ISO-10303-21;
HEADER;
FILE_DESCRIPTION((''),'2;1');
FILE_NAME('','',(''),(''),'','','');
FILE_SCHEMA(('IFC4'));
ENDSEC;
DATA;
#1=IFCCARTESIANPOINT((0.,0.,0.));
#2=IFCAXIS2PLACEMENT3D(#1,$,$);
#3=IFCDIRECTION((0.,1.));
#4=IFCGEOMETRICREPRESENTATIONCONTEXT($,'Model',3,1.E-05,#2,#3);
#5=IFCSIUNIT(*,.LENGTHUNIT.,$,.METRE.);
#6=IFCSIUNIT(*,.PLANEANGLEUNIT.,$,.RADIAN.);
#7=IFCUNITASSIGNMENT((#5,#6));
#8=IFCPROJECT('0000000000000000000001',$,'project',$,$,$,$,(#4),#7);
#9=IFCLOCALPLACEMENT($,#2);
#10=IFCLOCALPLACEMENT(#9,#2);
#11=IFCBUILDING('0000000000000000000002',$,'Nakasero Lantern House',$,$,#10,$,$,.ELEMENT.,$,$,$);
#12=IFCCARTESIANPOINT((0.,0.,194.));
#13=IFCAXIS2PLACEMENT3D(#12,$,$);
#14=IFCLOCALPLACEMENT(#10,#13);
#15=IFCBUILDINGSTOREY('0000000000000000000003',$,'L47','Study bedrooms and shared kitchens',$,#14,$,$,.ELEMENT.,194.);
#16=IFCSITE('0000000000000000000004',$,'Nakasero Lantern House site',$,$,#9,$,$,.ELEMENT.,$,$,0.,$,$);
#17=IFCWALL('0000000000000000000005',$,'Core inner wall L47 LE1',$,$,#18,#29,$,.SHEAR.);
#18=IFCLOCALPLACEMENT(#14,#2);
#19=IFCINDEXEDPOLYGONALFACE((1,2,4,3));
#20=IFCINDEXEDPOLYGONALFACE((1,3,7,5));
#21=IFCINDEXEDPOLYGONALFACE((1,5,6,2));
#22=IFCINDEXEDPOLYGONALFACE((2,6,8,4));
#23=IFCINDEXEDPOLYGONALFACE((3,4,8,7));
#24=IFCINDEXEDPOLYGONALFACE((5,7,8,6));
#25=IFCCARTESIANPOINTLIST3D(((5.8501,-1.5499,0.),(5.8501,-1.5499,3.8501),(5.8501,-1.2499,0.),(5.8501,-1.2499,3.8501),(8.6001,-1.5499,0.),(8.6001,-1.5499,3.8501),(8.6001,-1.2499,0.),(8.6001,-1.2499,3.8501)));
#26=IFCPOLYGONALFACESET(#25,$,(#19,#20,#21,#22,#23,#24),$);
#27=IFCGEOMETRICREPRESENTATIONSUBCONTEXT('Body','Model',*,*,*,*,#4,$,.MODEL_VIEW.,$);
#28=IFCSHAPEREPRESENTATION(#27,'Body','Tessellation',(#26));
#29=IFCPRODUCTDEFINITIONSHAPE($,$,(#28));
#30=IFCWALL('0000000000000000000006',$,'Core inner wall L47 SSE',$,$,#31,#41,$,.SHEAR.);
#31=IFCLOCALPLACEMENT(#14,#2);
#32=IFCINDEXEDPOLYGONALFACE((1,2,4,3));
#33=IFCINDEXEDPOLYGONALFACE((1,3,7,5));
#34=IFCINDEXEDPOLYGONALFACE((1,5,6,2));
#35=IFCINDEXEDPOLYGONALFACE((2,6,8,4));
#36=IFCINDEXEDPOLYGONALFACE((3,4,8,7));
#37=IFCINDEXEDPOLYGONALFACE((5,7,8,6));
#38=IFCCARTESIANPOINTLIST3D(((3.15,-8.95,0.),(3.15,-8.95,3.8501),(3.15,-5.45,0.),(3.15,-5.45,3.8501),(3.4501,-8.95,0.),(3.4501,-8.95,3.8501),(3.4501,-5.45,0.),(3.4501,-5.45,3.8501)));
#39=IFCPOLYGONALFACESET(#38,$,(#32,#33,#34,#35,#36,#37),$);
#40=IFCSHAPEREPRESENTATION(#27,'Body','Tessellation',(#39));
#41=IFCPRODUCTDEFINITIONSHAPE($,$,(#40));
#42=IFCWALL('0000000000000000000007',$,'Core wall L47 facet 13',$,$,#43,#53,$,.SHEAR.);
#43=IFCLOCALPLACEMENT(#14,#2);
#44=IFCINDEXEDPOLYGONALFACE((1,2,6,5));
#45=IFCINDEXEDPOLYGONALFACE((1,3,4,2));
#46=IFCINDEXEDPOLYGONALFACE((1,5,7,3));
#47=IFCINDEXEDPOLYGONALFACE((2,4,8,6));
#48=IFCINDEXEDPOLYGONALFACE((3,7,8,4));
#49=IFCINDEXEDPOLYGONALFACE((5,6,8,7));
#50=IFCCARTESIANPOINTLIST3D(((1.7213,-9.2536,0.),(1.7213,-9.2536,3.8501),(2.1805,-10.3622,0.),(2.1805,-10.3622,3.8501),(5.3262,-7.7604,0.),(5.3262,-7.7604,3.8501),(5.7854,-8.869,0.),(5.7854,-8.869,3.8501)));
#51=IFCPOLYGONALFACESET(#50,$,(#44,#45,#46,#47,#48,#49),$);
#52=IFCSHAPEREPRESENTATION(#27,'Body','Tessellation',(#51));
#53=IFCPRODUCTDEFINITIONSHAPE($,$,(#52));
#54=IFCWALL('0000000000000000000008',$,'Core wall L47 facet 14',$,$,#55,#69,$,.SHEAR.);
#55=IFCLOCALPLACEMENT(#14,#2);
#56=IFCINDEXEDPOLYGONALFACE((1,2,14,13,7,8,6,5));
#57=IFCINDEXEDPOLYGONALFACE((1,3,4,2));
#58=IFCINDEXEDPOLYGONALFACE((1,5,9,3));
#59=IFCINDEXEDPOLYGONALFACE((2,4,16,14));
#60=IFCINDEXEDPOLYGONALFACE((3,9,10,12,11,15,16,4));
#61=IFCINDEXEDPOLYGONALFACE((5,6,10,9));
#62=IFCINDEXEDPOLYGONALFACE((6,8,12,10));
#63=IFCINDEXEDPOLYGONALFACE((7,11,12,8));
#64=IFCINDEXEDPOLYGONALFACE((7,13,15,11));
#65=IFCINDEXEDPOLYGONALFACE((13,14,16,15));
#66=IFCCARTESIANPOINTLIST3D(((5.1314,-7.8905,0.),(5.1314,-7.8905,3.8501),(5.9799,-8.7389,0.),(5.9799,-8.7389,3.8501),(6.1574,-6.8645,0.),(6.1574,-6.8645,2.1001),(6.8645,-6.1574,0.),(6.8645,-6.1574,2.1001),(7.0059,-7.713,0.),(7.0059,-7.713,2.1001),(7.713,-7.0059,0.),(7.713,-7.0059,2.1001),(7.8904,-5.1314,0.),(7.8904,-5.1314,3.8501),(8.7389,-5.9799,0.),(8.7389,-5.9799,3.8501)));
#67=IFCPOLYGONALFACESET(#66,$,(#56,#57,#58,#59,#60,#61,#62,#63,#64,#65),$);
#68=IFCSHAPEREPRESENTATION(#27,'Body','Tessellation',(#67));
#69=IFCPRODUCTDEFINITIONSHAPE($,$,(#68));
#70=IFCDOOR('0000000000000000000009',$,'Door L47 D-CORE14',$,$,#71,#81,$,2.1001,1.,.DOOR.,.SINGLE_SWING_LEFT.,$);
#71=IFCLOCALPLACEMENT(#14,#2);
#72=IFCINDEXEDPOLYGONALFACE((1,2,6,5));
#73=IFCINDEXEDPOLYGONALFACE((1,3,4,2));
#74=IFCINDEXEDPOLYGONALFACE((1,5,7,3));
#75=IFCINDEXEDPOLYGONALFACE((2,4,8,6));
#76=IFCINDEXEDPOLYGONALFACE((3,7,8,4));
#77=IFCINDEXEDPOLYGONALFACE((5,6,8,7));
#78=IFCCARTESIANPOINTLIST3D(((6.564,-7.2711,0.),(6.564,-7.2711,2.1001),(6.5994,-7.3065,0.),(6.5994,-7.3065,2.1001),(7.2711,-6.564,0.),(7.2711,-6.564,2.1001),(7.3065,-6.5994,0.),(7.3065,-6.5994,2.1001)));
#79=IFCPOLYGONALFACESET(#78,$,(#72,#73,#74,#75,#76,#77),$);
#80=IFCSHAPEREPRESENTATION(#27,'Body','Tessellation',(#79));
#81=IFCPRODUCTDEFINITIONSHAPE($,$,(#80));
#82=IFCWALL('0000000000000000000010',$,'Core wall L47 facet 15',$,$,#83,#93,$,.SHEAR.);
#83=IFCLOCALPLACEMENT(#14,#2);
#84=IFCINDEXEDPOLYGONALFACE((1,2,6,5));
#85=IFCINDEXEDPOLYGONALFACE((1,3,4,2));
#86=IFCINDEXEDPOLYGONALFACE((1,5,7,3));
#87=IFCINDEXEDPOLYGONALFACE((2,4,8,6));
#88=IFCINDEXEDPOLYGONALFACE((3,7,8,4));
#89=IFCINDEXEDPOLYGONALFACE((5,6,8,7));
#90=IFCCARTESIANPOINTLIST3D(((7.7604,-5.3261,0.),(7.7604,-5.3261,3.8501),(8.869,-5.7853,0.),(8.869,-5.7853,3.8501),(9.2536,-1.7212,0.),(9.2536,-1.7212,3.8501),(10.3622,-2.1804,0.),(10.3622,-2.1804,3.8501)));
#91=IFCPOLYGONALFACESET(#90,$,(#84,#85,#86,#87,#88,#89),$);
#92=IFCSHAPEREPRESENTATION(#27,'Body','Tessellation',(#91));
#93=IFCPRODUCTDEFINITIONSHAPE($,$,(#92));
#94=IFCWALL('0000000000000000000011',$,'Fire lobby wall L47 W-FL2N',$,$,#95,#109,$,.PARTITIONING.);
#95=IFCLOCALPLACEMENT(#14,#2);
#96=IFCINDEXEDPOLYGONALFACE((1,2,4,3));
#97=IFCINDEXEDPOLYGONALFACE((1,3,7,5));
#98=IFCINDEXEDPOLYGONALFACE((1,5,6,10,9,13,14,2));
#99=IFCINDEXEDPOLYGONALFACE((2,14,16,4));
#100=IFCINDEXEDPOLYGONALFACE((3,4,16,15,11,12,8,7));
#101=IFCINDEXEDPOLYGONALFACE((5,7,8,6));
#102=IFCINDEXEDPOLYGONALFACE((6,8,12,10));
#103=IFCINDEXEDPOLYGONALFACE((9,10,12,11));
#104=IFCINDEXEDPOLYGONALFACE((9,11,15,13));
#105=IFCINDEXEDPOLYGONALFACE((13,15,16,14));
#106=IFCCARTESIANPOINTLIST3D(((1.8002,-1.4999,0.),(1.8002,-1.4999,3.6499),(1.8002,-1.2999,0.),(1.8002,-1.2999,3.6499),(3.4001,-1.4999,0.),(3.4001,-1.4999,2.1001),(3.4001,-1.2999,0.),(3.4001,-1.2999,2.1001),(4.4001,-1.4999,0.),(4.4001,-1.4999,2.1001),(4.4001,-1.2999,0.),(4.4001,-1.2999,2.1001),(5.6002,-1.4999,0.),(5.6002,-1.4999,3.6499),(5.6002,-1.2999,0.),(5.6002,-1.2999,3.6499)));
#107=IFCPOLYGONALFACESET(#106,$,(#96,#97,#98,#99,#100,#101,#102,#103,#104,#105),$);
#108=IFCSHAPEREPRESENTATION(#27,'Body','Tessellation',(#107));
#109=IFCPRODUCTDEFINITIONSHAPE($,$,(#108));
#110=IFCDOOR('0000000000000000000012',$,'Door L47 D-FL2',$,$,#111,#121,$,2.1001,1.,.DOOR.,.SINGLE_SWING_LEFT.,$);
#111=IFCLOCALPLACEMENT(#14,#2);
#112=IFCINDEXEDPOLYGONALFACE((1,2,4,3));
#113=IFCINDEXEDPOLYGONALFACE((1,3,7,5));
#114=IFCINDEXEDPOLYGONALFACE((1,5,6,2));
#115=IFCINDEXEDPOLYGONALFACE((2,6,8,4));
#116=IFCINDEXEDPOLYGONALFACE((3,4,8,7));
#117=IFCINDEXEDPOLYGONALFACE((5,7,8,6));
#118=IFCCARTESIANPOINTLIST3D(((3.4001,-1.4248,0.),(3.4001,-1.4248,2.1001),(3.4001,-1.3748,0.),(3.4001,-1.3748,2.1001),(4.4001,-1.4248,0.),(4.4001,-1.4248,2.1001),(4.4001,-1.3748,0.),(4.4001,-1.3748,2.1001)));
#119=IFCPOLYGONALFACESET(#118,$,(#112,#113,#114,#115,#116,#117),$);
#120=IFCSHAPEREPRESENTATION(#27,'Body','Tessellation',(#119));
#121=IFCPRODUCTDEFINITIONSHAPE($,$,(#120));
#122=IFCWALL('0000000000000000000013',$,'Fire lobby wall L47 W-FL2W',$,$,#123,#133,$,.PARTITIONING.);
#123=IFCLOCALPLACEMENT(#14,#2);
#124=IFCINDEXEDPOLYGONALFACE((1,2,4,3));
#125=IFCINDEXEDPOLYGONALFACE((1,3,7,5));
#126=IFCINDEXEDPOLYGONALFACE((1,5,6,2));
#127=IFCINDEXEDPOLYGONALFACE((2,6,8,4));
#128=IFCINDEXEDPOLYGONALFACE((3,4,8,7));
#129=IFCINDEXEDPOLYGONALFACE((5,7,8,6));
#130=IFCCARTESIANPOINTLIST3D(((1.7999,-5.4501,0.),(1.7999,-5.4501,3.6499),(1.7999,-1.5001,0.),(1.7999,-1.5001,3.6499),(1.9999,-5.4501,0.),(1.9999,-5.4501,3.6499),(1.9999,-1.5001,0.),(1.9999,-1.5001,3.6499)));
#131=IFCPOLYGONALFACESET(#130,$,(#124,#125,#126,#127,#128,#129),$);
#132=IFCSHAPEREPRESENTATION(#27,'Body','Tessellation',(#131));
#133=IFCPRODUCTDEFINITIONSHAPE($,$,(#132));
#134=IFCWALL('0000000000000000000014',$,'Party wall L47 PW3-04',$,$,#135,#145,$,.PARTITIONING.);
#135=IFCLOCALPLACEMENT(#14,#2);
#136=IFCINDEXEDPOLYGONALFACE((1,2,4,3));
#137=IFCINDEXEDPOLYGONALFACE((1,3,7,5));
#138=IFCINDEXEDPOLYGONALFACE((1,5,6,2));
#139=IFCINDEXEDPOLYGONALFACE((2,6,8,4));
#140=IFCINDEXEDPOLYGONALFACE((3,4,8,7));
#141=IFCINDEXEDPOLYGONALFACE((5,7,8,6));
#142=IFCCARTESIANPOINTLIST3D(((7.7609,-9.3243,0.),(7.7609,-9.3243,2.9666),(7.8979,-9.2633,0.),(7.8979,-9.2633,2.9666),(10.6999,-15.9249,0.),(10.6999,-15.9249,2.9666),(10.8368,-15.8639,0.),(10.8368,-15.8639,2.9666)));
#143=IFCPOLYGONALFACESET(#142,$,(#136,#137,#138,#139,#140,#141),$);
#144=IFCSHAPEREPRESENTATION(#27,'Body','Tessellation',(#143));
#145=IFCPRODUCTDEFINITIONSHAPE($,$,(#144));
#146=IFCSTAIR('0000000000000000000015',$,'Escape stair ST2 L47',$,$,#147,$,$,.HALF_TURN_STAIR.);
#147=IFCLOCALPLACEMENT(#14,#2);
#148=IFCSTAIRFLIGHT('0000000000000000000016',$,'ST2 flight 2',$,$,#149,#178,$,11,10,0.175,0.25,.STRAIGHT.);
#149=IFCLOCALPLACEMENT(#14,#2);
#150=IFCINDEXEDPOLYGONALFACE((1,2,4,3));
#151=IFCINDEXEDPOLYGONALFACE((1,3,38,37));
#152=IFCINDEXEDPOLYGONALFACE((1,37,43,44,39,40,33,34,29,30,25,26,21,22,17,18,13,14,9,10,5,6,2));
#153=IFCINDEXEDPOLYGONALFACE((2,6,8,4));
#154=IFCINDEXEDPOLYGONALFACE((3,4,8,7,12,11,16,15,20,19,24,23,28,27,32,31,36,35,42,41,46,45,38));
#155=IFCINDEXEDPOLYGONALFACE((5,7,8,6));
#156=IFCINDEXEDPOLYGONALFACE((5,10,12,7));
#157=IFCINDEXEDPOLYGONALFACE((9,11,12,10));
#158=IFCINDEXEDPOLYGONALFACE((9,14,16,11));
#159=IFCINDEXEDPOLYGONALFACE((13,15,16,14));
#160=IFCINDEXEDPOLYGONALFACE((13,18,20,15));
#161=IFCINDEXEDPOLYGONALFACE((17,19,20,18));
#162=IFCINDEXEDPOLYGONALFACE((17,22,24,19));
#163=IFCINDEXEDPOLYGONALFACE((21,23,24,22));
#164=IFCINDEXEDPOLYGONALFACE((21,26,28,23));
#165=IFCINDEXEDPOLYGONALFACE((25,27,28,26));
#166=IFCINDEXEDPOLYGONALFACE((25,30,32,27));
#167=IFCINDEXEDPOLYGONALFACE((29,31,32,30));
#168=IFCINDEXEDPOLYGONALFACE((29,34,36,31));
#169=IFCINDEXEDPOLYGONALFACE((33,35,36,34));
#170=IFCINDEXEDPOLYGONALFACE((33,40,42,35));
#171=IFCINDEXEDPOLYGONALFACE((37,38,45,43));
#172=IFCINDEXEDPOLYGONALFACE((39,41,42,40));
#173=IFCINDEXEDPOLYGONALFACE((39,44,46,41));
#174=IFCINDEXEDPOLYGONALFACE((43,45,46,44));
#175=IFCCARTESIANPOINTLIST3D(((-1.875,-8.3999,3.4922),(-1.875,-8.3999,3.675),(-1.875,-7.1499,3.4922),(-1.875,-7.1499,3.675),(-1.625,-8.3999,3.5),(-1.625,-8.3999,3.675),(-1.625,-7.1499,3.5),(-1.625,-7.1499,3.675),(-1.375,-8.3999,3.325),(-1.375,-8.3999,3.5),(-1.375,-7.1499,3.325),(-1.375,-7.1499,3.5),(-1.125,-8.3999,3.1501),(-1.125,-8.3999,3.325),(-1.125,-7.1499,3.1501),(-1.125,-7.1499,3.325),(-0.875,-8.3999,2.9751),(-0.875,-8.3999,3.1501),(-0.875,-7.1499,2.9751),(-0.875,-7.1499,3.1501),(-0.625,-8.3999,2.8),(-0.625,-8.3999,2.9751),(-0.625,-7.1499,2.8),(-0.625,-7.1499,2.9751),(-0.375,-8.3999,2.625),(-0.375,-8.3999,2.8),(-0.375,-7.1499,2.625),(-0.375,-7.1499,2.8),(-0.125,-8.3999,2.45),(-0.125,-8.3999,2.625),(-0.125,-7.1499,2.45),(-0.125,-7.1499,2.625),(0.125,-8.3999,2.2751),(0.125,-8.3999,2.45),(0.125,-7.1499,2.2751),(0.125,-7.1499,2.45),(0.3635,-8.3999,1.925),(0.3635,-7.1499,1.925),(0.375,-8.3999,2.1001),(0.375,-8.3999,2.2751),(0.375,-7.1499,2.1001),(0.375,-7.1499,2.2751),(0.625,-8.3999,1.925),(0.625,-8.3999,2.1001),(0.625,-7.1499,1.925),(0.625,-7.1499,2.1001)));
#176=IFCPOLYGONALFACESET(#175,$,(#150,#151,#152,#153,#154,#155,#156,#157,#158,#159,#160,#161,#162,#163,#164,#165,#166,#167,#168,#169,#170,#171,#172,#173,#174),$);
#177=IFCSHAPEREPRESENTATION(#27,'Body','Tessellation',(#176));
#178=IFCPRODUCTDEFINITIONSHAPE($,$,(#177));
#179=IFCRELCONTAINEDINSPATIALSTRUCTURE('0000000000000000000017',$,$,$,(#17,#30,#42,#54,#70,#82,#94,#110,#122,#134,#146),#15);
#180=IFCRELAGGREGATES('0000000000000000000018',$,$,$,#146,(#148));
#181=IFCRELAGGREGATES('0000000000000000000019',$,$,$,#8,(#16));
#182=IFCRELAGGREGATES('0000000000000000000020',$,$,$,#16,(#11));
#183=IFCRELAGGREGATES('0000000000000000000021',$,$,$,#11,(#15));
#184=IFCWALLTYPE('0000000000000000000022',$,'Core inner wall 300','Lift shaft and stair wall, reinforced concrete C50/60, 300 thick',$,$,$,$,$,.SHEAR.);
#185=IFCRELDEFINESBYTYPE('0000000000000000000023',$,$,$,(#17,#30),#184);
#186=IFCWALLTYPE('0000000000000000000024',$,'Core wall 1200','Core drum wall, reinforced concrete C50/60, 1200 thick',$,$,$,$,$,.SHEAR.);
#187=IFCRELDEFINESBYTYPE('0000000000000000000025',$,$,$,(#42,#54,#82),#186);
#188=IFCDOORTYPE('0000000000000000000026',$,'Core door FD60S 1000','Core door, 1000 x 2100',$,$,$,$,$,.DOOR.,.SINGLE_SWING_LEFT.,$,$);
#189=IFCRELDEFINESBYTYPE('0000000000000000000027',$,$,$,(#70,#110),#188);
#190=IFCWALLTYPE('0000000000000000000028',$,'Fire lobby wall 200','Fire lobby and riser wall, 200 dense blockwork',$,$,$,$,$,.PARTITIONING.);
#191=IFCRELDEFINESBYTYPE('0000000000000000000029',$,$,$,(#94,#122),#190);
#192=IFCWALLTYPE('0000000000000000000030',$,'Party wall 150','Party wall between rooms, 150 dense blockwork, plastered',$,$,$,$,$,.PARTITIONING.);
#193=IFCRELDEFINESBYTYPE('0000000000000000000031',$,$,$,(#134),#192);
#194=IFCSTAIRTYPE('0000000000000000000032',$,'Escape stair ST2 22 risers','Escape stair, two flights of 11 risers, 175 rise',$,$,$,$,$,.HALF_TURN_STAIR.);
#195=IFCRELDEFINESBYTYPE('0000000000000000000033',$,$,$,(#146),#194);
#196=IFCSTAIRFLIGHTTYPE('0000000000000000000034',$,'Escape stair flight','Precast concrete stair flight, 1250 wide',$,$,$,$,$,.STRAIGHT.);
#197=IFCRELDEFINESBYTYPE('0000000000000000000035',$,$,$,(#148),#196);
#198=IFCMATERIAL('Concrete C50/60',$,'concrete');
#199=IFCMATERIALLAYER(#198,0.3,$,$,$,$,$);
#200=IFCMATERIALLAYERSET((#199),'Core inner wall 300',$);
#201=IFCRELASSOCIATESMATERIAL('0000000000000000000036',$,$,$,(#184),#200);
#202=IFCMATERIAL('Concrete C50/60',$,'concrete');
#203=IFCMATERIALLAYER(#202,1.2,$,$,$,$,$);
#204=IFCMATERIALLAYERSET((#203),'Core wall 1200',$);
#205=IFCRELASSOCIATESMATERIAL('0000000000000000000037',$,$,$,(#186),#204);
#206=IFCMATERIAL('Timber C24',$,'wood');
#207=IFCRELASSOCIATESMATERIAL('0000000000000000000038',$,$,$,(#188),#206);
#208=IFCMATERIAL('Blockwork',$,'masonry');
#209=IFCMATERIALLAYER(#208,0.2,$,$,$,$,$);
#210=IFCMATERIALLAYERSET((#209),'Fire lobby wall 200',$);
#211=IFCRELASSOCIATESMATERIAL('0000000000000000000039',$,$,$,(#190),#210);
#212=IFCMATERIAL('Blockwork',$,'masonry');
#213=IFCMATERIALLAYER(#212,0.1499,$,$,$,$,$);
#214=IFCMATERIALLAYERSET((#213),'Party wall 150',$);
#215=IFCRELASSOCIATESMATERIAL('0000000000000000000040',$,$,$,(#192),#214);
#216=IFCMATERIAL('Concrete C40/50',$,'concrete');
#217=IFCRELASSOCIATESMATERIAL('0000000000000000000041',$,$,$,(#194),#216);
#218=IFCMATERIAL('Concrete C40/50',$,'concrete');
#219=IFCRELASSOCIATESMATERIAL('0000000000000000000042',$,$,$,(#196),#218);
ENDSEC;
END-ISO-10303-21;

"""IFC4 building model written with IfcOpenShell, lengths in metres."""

from ifc_helpers import new_model, si_unit, direction, frame, frame_2d, origin, place, context, subcontext, project, spatial, polyline, rectangle, outline, extrude, material, layer, layer_set, type_object, element, fill, aggregate, save


model = new_model("IFC4")

# Units and contexts
model_context = context("Model", 3, precision=1e-05, world=origin(), true_north=direction((0.0, 1.0)))
body_context = subcontext(model_context, "Body", "Model", "MODEL_VIEW")
ifc_project = project(units=[si_unit("LENGTHUNIT", "METRE"), si_unit("PLANEANGLEUNIT", "RADIAN")], contexts=[model_context])

# Site, building, storey
site_placement = place(None, origin())
site = spatial("IfcSite", under=ifc_project, at=site_placement, Name="Nakasero Lantern House site", CompositionType="ELEMENT", RefElevation=0.0)
building_placement = place(site_placement, origin())
building = spatial("IfcBuilding", under=site, at=building_placement, Name="Nakasero Lantern House", CompositionType="ELEMENT")
storey_placement = place(building_placement, frame((0.0, 0.0, 194.0)))
storey = spatial("IfcBuildingStorey", under=building, at=storey_placement, Name="L47", Description="Study bedrooms and shared kitchens", CompositionType="ELEMENT", Elevation=194.0)

# Shared definitions
ifc_material_1 = material(Name="Concrete C50/60", Category="concrete")
ifc_layer_1 = layer(ifc_material_1, 0.3)
ifc_layer_set_1 = layer_set([ifc_layer_1], Name="Core inner wall 300")
wall_type_1 = type_object("IfcWallType", Name="Core inner wall 300", Description="Lift shaft and stair wall, reinforced concrete C50/60, 300 thick", PredefinedType="SHEAR", material=ifc_layer_set_1)

# Walls
wall_1_placement = place(storey_placement, frame((5.8501, -1.3999, 0.0), z_axis=(0.0, 0.0, 1.0), x_axis=(1.0, 0.0, 0.0)))
element("IfcWall", 1, at=wall_1_placement, inside=storey, type_object=wall_type_1, Name="Core inner wall L47 LE1", PredefinedType="SHEAR", context=body_context, shape_type="SweptSolid", body=[
    extrude(rectangle(XDim=2.75, YDim=0.3, at=frame_2d((1.375, 0.0))), origin(), (0.0, 0.0, 1.0), 3.8501),
])
wall_2_placement = place(storey_placement, frame((3.3, -5.45, 0.0), z_axis=(0.0, 0.0, 1.0), x_axis=(0.0, -1.0, 0.0)))
element("IfcWall", 2, at=wall_2_placement, inside=storey, type_object=wall_type_1, Name="Core inner wall L47 SSE", PredefinedType="SHEAR", context=body_context, shape_type="SweptSolid", body=[
    extrude(rectangle(XDim=3.5, YDim=0.3, at=frame_2d((1.75, 0.0))), origin(), (0.0, 0.0, 1.0), 3.8501),
])
ifc_material_2 = material(Name="Concrete C50/60", Category="concrete")
ifc_layer_2 = layer(ifc_material_2, 1.2)
ifc_layer_set_2 = layer_set([ifc_layer_2], Name="Core wall 1200")
wall_type_2 = type_object("IfcWallType", Name="Core wall 1200", Description="Core drum wall, reinforced concrete C50/60, 1200 thick", PredefinedType="SHEAR", material=ifc_layer_set_2)
wall_3_placement = place(storey_placement, frame((1.9509, -9.8079, 0.0), z_axis=(0.0, 0.0, 1.0), x_axis=(0.923877, 0.382691, 0.0)))
element("IfcWall", 3, at=wall_3_placement, inside=storey, type_object=wall_type_2, Name="Core wall L47 facet 13", PredefinedType="SHEAR", context=body_context, shape_type="SweptSolid", body=[
    extrude(rectangle(XDim=3.9019, YDim=1.2, at=frame_2d((1.9509, 0.0))), origin(), (0.0, 0.0, 1.0), 3.8501),
])

# Wall, opening, door
wall_4_placement = place(storey_placement, frame((5.5557, -8.3147, 0.0), z_axis=(0.0, 0.0, 1.0), x_axis=(0.707107, 0.707107, 0.0)))
wall_4 = element("IfcWall", 4, at=wall_4_placement, inside=storey, type_object=wall_type_2, Name="Core wall L47 facet 14", PredefinedType="SHEAR", context=body_context, shape_type="SweptSolid", body=[
    extrude(rectangle(XDim=3.9019, YDim=1.2, at=frame_2d((1.9509, 0.0))), origin(), (0.0, 0.0, 1.0), 3.8501),
])
opening_1_placement = place(wall_4_placement, frame((1.4509, 0.0, 0.0)))
opening_1 = element("IfcOpeningElement", 5, at=opening_1_placement, cuts=wall_4, PredefinedType="OPENING", context=body_context, shape_type="SweptSolid", body=[
    extrude(rectangle(XDim=1.0, YDim=2.1001, at=frame_2d((0.5, 1.05))), frame((0.0, 0.6199, 0.0), z_axis=(0.0, -1.0, 0.0), x_axis=(1.0, 0.0, 0.0)), (0.0, 0.0, 1.0), 1.24),
])
ifc_material_3 = material(Name="Timber C24", Category="wood")
door_type_1 = type_object("IfcDoorType", Name="Core door FD60S 1000", Description="Core door, 1000 x 2100", OperationType="SINGLE_SWING_LEFT", PredefinedType="DOOR", material=ifc_material_3)
door_1_placement = place(opening_1_placement, origin())
door_1 = element("IfcDoor", 6, at=door_1_placement, inside=storey, type_object=door_type_1, Name="Door L47 D-CORE14", OperationType="SINGLE_SWING_LEFT", OverallHeight=2.1001, OverallWidth=1.0, PredefinedType="DOOR", context=body_context, shape_type="SweptSolid", body=[
    extrude(rectangle(XDim=1.0, YDim=2.1001, at=frame_2d((0.5, 1.05))), frame((0.0, 0.0249, 0.0), z_axis=(0.0, -1.0, 0.0), x_axis=(1.0, 0.0, 0.0)), (0.0, 0.0, 1.0), 0.05),
])
fill(opening_1, door_1)

# Wall
wall_5_placement = place(storey_placement, frame((8.3147, -5.5557, 0.0), z_axis=(0.0, 0.0, 1.0), x_axis=(0.382691, 0.923877, 0.0)))
element("IfcWall", 7, at=wall_5_placement, inside=storey, type_object=wall_type_2, Name="Core wall L47 facet 15", PredefinedType="SHEAR", context=body_context, shape_type="SweptSolid", body=[
    extrude(rectangle(XDim=3.9019, YDim=1.2, at=frame_2d((1.9509, 0.0))), origin(), (0.0, 0.0, 1.0), 3.8501),
])

# Wall, opening, door
ifc_material_4 = material(Name="Blockwork", Category="masonry")
ifc_layer_3 = layer(ifc_material_4, 0.2)
ifc_layer_set_3 = layer_set([ifc_layer_3], Name="Fire lobby wall 200")
wall_type_3 = type_object("IfcWallType", Name="Fire lobby wall 200", Description="Fire lobby and riser wall, 200 dense blockwork", PredefinedType="PARTITIONING", material=ifc_layer_set_3)
wall_6_placement = place(storey_placement, frame((5.6001, -1.3999, 0.0), z_axis=(0.0, 0.0, 1.0), x_axis=(-1.0, 0.0, 0.0)))
wall_6 = element("IfcWall", 8, at=wall_6_placement, inside=storey, type_object=wall_type_3, Name="Fire lobby wall L47 W-FL2N", PredefinedType="PARTITIONING", context=body_context, shape_type="SweptSolid", body=[
    extrude(rectangle(XDim=3.8, YDim=0.2, at=frame_2d((1.8999, 0.0))), origin(), (0.0, 0.0, 1.0), 3.6499),
])
opening_2_placement = place(wall_6_placement, frame((1.2, 0.0, 0.0)))
opening_2 = element("IfcOpeningElement", 9, at=opening_2_placement, cuts=wall_6, PredefinedType="OPENING", context=body_context, shape_type="SweptSolid", body=[
    extrude(rectangle(XDim=1.0, YDim=2.1001, at=frame_2d((0.5, 1.05))), frame((0.0, 0.1199, 0.0), z_axis=(0.0, -1.0, 0.0), x_axis=(1.0, 0.0, 0.0)), (0.0, 0.0, 1.0), 0.24),
])
door_2_placement = place(opening_2_placement, origin())
door_2 = element("IfcDoor", 10, at=door_2_placement, inside=storey, type_object=door_type_1, Name="Door L47 D-FL2", OperationType="SINGLE_SWING_LEFT", OverallHeight=2.1001, OverallWidth=1.0, PredefinedType="DOOR", context=body_context, shape_type="SweptSolid", body=[
    extrude(rectangle(XDim=1.0, YDim=2.1001, at=frame_2d((0.5, 1.05))), frame((0.0, 0.0249, 0.0), z_axis=(0.0, -1.0, 0.0), x_axis=(1.0, 0.0, 0.0)), (0.0, 0.0, 1.0), 0.05),
])
fill(opening_2, door_2)

# Walls
wall_7_placement = place(storey_placement, frame((1.8999, -1.5, 0.0), z_axis=(0.0, 0.0, 1.0), x_axis=(0.0, -1.0, 0.0)))
element("IfcWall", 11, at=wall_7_placement, inside=storey, type_object=wall_type_3, Name="Fire lobby wall L47 W-FL2W", PredefinedType="PARTITIONING", context=body_context, shape_type="SweptSolid", body=[
    extrude(rectangle(XDim=3.95, YDim=0.2, at=frame_2d((1.9751, 0.0))), origin(), (0.0, 0.0, 1.0), 3.6499),
])
ifc_material_5 = material(Name="Blockwork", Category="masonry")
ifc_layer_4 = layer(ifc_material_5, 0.1499)
ifc_layer_set_4 = layer_set([ifc_layer_4], Name="Party wall 150")
wall_type_4 = type_object("IfcWallType", Name="Party wall 150", Description="Party wall between rooms, 150 dense blockwork, plastered", PredefinedType="PARTITIONING", material=ifc_layer_set_4)
wall_8_placement = place(storey_placement, frame((7.8293, -9.2937, 0.0), z_axis=(0.0, 0.0, 1.0), x_axis=(0.406759, -0.913535, 0.0)))
element("IfcWall", 12, at=wall_8_placement, inside=storey, type_object=wall_type_4, Name="Party wall L47 PW3-04", PredefinedType="PARTITIONING", context=body_context, shape_type="SweptSolid", body=[
    extrude(rectangle(XDim=7.2253, YDim=0.1499, at=frame_2d((3.6128, 0.0))), origin(), (0.0, 0.0, 1.0), 2.9666),
])

# Stair, stair flight
ifc_material_6 = material(Name="Concrete C40/50", Category="concrete")
stair_type_1 = type_object("IfcStairType", Name="Escape stair ST2 22 risers", Description="Escape stair, two flights of 11 risers, 175 rise", PredefinedType="HALF_TURN_STAIR", material=ifc_material_6)
stair_1_placement = place(storey_placement, origin())
stair_1 = element("IfcStair", 13, at=stair_1_placement, inside=storey, type_object=stair_type_1, Name="Escape stair ST2 L47", PredefinedType="HALF_TURN_STAIR")
ifc_material_7 = material(Name="Concrete C40/50", Category="concrete")
stair_flight_type = type_object("IfcStairFlightType", Name="Escape stair flight", Description="Precast concrete stair flight, 1250 wide", PredefinedType="STRAIGHT", material=ifc_material_7)
stair_flight_placement = place(storey_placement, frame((0.625, -7.7749, 1.925), z_axis=(0.0, 0.0, 1.0), x_axis=(-1.0, 0.0, 0.0)))
stair_flight = element("IfcStairFlight", 14, at=stair_flight_placement, type_object=stair_flight_type, Name="ST2 flight 2", NumberOfRisers=11, NumberOfTreads=10, PredefinedType="STRAIGHT", RiserHeight=0.175, TreadLength=0.25, context=body_context, shape_type="SweptSolid", body=[
    extrude(outline(polyline([(0.0, 0.0), (0.0, 0.175), (0.25, 0.175), (0.25, 0.3501), (0.5, 0.3501), (0.5, 0.5249), (0.75, 0.5249), (0.75, 0.7), (1.0, 0.7), (1.0, 0.875), (1.25, 0.875), (1.25, 1.05), (1.5, 1.05), (1.5, 1.2251), (1.75, 1.2251), (1.75, 1.3999), (2.0, 1.3999), (2.0, 1.575), (2.25, 1.575), (2.25, 1.75), (2.5, 1.75), (2.5, 1.925), (2.5, 1.5671), (0.2615, 0.0), (0.0, 0.0)])), frame((0.0, 0.625, 0.0), z_axis=(0.0, -1.0, 0.0), x_axis=(1.0, 0.0, 0.0)), (0.0, 0.0, 1.0), 1.25),
])
aggregate(stair_1, [stair_flight])

save(model, "model.ifc")
